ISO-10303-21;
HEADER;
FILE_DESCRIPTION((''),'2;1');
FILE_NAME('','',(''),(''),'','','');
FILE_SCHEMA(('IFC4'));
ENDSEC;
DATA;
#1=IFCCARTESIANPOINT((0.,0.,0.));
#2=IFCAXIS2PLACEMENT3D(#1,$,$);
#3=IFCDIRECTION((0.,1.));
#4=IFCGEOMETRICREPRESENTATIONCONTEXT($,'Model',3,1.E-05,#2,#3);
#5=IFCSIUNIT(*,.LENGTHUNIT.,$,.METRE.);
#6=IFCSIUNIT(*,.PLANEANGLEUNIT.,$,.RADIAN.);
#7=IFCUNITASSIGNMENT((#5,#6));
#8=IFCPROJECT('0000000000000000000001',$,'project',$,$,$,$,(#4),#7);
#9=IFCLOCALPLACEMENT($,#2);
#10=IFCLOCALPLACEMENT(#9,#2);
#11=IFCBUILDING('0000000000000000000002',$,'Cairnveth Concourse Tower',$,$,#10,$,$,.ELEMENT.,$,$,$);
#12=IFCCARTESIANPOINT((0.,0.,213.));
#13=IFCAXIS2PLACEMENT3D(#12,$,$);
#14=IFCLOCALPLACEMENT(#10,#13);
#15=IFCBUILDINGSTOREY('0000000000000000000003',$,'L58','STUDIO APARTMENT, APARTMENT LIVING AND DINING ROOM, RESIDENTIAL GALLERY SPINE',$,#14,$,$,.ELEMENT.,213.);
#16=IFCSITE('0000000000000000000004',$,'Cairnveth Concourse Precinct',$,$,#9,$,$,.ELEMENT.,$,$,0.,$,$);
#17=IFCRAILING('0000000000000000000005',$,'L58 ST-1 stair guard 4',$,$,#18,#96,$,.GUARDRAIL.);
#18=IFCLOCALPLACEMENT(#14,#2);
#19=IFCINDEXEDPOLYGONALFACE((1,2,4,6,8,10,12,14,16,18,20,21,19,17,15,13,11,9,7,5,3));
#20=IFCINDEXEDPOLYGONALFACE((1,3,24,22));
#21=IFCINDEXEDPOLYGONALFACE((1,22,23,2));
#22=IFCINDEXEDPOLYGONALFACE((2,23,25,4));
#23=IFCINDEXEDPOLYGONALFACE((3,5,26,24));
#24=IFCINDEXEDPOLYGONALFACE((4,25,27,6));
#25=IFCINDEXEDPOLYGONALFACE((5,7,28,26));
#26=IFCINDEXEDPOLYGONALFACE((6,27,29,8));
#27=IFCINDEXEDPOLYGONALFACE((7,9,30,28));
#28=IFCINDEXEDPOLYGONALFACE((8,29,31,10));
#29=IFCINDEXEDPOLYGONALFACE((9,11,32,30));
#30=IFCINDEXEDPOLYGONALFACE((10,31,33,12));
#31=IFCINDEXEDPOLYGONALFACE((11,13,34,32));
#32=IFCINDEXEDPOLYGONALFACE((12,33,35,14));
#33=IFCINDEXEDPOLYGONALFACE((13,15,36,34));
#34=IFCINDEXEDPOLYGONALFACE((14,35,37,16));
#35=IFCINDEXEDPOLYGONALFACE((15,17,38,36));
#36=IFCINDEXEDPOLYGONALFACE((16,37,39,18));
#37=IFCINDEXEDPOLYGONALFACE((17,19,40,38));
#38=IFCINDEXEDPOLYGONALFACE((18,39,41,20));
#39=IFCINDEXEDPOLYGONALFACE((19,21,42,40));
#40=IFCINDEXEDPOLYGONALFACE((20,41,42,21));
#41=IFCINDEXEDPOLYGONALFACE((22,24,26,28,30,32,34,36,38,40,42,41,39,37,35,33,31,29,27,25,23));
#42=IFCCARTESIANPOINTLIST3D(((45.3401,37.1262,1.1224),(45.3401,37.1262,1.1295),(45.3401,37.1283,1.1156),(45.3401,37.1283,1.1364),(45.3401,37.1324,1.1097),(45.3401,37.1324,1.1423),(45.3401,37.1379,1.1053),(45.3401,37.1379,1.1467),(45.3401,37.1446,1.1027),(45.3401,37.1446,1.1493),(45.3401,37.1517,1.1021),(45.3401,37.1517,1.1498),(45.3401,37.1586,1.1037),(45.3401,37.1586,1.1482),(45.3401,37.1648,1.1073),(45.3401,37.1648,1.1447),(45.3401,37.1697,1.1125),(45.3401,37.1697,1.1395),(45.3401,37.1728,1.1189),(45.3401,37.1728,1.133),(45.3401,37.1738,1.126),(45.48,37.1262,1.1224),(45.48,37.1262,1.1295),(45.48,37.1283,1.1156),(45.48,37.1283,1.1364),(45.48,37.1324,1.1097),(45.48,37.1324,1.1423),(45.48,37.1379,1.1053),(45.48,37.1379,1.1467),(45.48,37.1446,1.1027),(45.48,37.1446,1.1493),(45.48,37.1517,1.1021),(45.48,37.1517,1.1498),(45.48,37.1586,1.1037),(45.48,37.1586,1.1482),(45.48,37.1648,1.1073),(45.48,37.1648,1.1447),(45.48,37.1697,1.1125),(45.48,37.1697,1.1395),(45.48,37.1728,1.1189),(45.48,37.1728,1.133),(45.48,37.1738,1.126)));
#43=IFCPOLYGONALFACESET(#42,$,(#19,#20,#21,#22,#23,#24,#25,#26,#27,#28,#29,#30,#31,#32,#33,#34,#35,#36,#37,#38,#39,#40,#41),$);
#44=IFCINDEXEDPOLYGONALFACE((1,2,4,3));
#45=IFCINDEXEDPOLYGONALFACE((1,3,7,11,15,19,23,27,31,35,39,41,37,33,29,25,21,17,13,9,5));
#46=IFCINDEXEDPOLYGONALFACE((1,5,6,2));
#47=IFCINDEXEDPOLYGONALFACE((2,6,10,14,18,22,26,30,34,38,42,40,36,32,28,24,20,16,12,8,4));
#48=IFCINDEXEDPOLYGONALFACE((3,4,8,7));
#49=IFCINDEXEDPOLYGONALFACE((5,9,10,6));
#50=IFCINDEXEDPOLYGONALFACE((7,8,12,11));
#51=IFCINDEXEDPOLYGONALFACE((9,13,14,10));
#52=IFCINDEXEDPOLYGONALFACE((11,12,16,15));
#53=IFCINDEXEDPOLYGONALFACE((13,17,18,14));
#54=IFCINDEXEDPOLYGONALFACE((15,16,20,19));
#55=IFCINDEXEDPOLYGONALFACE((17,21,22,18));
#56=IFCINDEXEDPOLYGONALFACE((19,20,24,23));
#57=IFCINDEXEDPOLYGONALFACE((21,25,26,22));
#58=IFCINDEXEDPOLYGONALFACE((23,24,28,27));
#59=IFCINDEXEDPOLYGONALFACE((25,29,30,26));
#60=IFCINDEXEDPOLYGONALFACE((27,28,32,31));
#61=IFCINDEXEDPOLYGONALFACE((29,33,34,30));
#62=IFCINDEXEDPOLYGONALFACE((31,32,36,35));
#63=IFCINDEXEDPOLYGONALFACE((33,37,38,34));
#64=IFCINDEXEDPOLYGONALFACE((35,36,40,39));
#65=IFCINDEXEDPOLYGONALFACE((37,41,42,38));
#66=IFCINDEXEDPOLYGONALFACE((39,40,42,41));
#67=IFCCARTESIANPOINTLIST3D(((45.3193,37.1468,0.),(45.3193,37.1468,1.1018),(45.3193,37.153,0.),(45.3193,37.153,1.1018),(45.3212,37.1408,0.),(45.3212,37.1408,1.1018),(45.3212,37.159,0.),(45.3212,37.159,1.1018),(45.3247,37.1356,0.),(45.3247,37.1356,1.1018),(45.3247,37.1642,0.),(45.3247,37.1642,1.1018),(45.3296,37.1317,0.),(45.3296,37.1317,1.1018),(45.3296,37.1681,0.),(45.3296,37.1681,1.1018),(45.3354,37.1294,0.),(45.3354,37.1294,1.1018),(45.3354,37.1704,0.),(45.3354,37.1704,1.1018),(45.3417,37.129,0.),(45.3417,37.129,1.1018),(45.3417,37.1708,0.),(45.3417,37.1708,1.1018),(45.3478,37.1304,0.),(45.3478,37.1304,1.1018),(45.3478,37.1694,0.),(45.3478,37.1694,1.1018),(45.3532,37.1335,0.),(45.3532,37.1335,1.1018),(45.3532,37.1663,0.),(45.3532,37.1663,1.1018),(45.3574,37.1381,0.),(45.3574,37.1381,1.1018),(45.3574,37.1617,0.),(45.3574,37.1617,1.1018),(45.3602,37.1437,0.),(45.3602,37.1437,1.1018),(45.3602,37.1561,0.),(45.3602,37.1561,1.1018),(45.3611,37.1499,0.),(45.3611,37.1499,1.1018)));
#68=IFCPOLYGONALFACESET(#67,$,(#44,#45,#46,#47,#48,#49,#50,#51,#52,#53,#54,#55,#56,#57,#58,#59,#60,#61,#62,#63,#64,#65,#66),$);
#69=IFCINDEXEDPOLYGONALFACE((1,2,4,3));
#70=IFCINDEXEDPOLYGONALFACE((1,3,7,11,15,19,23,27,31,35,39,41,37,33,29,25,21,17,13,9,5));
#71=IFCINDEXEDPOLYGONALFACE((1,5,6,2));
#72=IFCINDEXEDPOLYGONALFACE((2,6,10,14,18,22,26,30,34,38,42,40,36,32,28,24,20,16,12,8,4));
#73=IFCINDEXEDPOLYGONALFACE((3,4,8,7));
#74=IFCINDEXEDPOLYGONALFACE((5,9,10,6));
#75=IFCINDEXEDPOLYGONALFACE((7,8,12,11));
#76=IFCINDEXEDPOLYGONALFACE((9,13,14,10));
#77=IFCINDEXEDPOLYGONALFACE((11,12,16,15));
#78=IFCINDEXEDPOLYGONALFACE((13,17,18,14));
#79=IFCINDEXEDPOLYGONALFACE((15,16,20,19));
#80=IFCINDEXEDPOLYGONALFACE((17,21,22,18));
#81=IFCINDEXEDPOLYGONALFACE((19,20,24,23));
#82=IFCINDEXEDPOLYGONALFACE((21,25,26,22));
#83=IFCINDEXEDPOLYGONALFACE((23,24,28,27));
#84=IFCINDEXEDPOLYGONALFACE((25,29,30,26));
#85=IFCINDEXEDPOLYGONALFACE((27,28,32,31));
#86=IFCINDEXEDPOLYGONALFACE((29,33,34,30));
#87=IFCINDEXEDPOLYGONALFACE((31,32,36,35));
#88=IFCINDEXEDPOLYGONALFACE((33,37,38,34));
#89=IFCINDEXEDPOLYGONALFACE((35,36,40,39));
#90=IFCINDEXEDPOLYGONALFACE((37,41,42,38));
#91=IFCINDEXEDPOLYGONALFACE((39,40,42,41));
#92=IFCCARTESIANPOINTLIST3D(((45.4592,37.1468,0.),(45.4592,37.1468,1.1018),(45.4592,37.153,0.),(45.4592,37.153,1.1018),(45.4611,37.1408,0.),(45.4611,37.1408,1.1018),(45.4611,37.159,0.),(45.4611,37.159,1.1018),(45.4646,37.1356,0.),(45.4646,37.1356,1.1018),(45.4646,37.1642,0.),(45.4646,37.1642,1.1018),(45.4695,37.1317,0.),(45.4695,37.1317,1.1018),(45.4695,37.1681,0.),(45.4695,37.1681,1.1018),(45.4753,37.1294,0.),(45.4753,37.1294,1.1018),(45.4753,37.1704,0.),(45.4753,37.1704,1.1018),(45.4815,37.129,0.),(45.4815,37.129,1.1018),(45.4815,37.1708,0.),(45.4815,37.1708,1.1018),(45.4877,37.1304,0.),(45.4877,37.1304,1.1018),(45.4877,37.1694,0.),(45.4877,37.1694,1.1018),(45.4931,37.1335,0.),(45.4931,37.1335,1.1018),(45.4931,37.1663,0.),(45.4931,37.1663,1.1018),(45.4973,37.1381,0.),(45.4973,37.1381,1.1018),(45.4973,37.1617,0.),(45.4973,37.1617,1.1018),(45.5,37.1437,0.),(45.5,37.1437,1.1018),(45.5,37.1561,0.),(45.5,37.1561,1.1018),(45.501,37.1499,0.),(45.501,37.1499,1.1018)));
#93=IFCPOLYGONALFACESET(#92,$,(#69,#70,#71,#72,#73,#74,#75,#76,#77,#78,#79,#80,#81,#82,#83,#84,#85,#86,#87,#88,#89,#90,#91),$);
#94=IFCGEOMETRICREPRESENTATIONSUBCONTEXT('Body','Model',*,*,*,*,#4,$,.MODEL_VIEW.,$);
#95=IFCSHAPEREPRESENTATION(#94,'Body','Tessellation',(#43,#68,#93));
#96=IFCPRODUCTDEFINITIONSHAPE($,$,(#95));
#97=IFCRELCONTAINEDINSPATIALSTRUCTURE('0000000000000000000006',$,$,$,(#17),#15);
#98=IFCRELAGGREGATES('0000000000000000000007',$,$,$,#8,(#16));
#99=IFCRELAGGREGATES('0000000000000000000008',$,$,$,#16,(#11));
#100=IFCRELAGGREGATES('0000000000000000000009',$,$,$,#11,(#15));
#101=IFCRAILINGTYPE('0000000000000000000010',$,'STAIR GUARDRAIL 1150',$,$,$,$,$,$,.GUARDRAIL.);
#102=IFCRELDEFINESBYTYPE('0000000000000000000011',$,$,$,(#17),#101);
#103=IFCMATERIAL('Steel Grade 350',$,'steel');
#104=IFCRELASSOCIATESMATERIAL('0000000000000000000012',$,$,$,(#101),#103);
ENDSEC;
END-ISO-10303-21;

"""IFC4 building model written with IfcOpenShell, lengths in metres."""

from ifc_helpers import new_model, si_unit, direction, frame, origin, origin_2d, place, context, subcontext, project, spatial, circle, extrude, material, type_object, element, save


model = new_model("IFC4")

# Units and contexts
model_context = context("Model", 3, precision=1e-05, world=origin(), true_north=direction((0.0, 1.0)))
body_context = subcontext(model_context, "Body", "Model", "MODEL_VIEW")
ifc_project = project(units=[si_unit("LENGTHUNIT", "METRE"), si_unit("PLANEANGLEUNIT", "RADIAN")], contexts=[model_context])

# Site, building, storey
site_placement = place(None, origin())
site = spatial("IfcSite", under=ifc_project, at=site_placement, Name="Cairnveth Concourse Precinct", CompositionType="ELEMENT", RefElevation=0.0)
building_placement = place(site_placement, origin())
building = spatial("IfcBuilding", under=site, at=building_placement, Name="Cairnveth Concourse Tower", CompositionType="ELEMENT")
storey_placement = place(building_placement, frame((0.0, 0.0, 213.0)))
storey = spatial("IfcBuildingStorey", under=building, at=storey_placement, Name="L58", Description="STUDIO APARTMENT, APARTMENT LIVING AND DINING ROOM, RESIDENTIAL GALLERY SPINE", CompositionType="ELEMENT", Elevation=213.0)

# Railing
ifc_material_1 = material(Name="Steel Grade 350", Category="steel")
railing_type_1 = type_object("IfcRailingType", Name="STAIR GUARDRAIL 1150", PredefinedType="GUARDRAIL", material=ifc_material_1)
railing_1_placement = place(storey_placement, frame((45.3401, 37.1499, 0.0)))
element("IfcRailing", 1, at=railing_1_placement, inside=storey, type_object=railing_type_1, Name="L58 ST-1 stair guard 4", PredefinedType="GUARDRAIL", context=body_context, shape_type="SweptSolid", body=[
    extrude(circle(Radius=0.0239, at=origin_2d()), frame((0.0, 0.0, 1.126), z_axis=(1.0, 0.0, 0.0), x_axis=(0.0, 1.0, 0.0)), (0.0, 0.0, 1.0), 0.1399),
    extrude(circle(Radius=0.021, at=origin_2d()), origin(), (0.0, 0.0, 1.0), 1.1018),
    extrude(circle(Radius=0.021, at=origin_2d()), frame((0.1399, 0.0, 0.0)), (0.0, 0.0, 1.0), 1.1018),
])

save(model, "model.ifc")
